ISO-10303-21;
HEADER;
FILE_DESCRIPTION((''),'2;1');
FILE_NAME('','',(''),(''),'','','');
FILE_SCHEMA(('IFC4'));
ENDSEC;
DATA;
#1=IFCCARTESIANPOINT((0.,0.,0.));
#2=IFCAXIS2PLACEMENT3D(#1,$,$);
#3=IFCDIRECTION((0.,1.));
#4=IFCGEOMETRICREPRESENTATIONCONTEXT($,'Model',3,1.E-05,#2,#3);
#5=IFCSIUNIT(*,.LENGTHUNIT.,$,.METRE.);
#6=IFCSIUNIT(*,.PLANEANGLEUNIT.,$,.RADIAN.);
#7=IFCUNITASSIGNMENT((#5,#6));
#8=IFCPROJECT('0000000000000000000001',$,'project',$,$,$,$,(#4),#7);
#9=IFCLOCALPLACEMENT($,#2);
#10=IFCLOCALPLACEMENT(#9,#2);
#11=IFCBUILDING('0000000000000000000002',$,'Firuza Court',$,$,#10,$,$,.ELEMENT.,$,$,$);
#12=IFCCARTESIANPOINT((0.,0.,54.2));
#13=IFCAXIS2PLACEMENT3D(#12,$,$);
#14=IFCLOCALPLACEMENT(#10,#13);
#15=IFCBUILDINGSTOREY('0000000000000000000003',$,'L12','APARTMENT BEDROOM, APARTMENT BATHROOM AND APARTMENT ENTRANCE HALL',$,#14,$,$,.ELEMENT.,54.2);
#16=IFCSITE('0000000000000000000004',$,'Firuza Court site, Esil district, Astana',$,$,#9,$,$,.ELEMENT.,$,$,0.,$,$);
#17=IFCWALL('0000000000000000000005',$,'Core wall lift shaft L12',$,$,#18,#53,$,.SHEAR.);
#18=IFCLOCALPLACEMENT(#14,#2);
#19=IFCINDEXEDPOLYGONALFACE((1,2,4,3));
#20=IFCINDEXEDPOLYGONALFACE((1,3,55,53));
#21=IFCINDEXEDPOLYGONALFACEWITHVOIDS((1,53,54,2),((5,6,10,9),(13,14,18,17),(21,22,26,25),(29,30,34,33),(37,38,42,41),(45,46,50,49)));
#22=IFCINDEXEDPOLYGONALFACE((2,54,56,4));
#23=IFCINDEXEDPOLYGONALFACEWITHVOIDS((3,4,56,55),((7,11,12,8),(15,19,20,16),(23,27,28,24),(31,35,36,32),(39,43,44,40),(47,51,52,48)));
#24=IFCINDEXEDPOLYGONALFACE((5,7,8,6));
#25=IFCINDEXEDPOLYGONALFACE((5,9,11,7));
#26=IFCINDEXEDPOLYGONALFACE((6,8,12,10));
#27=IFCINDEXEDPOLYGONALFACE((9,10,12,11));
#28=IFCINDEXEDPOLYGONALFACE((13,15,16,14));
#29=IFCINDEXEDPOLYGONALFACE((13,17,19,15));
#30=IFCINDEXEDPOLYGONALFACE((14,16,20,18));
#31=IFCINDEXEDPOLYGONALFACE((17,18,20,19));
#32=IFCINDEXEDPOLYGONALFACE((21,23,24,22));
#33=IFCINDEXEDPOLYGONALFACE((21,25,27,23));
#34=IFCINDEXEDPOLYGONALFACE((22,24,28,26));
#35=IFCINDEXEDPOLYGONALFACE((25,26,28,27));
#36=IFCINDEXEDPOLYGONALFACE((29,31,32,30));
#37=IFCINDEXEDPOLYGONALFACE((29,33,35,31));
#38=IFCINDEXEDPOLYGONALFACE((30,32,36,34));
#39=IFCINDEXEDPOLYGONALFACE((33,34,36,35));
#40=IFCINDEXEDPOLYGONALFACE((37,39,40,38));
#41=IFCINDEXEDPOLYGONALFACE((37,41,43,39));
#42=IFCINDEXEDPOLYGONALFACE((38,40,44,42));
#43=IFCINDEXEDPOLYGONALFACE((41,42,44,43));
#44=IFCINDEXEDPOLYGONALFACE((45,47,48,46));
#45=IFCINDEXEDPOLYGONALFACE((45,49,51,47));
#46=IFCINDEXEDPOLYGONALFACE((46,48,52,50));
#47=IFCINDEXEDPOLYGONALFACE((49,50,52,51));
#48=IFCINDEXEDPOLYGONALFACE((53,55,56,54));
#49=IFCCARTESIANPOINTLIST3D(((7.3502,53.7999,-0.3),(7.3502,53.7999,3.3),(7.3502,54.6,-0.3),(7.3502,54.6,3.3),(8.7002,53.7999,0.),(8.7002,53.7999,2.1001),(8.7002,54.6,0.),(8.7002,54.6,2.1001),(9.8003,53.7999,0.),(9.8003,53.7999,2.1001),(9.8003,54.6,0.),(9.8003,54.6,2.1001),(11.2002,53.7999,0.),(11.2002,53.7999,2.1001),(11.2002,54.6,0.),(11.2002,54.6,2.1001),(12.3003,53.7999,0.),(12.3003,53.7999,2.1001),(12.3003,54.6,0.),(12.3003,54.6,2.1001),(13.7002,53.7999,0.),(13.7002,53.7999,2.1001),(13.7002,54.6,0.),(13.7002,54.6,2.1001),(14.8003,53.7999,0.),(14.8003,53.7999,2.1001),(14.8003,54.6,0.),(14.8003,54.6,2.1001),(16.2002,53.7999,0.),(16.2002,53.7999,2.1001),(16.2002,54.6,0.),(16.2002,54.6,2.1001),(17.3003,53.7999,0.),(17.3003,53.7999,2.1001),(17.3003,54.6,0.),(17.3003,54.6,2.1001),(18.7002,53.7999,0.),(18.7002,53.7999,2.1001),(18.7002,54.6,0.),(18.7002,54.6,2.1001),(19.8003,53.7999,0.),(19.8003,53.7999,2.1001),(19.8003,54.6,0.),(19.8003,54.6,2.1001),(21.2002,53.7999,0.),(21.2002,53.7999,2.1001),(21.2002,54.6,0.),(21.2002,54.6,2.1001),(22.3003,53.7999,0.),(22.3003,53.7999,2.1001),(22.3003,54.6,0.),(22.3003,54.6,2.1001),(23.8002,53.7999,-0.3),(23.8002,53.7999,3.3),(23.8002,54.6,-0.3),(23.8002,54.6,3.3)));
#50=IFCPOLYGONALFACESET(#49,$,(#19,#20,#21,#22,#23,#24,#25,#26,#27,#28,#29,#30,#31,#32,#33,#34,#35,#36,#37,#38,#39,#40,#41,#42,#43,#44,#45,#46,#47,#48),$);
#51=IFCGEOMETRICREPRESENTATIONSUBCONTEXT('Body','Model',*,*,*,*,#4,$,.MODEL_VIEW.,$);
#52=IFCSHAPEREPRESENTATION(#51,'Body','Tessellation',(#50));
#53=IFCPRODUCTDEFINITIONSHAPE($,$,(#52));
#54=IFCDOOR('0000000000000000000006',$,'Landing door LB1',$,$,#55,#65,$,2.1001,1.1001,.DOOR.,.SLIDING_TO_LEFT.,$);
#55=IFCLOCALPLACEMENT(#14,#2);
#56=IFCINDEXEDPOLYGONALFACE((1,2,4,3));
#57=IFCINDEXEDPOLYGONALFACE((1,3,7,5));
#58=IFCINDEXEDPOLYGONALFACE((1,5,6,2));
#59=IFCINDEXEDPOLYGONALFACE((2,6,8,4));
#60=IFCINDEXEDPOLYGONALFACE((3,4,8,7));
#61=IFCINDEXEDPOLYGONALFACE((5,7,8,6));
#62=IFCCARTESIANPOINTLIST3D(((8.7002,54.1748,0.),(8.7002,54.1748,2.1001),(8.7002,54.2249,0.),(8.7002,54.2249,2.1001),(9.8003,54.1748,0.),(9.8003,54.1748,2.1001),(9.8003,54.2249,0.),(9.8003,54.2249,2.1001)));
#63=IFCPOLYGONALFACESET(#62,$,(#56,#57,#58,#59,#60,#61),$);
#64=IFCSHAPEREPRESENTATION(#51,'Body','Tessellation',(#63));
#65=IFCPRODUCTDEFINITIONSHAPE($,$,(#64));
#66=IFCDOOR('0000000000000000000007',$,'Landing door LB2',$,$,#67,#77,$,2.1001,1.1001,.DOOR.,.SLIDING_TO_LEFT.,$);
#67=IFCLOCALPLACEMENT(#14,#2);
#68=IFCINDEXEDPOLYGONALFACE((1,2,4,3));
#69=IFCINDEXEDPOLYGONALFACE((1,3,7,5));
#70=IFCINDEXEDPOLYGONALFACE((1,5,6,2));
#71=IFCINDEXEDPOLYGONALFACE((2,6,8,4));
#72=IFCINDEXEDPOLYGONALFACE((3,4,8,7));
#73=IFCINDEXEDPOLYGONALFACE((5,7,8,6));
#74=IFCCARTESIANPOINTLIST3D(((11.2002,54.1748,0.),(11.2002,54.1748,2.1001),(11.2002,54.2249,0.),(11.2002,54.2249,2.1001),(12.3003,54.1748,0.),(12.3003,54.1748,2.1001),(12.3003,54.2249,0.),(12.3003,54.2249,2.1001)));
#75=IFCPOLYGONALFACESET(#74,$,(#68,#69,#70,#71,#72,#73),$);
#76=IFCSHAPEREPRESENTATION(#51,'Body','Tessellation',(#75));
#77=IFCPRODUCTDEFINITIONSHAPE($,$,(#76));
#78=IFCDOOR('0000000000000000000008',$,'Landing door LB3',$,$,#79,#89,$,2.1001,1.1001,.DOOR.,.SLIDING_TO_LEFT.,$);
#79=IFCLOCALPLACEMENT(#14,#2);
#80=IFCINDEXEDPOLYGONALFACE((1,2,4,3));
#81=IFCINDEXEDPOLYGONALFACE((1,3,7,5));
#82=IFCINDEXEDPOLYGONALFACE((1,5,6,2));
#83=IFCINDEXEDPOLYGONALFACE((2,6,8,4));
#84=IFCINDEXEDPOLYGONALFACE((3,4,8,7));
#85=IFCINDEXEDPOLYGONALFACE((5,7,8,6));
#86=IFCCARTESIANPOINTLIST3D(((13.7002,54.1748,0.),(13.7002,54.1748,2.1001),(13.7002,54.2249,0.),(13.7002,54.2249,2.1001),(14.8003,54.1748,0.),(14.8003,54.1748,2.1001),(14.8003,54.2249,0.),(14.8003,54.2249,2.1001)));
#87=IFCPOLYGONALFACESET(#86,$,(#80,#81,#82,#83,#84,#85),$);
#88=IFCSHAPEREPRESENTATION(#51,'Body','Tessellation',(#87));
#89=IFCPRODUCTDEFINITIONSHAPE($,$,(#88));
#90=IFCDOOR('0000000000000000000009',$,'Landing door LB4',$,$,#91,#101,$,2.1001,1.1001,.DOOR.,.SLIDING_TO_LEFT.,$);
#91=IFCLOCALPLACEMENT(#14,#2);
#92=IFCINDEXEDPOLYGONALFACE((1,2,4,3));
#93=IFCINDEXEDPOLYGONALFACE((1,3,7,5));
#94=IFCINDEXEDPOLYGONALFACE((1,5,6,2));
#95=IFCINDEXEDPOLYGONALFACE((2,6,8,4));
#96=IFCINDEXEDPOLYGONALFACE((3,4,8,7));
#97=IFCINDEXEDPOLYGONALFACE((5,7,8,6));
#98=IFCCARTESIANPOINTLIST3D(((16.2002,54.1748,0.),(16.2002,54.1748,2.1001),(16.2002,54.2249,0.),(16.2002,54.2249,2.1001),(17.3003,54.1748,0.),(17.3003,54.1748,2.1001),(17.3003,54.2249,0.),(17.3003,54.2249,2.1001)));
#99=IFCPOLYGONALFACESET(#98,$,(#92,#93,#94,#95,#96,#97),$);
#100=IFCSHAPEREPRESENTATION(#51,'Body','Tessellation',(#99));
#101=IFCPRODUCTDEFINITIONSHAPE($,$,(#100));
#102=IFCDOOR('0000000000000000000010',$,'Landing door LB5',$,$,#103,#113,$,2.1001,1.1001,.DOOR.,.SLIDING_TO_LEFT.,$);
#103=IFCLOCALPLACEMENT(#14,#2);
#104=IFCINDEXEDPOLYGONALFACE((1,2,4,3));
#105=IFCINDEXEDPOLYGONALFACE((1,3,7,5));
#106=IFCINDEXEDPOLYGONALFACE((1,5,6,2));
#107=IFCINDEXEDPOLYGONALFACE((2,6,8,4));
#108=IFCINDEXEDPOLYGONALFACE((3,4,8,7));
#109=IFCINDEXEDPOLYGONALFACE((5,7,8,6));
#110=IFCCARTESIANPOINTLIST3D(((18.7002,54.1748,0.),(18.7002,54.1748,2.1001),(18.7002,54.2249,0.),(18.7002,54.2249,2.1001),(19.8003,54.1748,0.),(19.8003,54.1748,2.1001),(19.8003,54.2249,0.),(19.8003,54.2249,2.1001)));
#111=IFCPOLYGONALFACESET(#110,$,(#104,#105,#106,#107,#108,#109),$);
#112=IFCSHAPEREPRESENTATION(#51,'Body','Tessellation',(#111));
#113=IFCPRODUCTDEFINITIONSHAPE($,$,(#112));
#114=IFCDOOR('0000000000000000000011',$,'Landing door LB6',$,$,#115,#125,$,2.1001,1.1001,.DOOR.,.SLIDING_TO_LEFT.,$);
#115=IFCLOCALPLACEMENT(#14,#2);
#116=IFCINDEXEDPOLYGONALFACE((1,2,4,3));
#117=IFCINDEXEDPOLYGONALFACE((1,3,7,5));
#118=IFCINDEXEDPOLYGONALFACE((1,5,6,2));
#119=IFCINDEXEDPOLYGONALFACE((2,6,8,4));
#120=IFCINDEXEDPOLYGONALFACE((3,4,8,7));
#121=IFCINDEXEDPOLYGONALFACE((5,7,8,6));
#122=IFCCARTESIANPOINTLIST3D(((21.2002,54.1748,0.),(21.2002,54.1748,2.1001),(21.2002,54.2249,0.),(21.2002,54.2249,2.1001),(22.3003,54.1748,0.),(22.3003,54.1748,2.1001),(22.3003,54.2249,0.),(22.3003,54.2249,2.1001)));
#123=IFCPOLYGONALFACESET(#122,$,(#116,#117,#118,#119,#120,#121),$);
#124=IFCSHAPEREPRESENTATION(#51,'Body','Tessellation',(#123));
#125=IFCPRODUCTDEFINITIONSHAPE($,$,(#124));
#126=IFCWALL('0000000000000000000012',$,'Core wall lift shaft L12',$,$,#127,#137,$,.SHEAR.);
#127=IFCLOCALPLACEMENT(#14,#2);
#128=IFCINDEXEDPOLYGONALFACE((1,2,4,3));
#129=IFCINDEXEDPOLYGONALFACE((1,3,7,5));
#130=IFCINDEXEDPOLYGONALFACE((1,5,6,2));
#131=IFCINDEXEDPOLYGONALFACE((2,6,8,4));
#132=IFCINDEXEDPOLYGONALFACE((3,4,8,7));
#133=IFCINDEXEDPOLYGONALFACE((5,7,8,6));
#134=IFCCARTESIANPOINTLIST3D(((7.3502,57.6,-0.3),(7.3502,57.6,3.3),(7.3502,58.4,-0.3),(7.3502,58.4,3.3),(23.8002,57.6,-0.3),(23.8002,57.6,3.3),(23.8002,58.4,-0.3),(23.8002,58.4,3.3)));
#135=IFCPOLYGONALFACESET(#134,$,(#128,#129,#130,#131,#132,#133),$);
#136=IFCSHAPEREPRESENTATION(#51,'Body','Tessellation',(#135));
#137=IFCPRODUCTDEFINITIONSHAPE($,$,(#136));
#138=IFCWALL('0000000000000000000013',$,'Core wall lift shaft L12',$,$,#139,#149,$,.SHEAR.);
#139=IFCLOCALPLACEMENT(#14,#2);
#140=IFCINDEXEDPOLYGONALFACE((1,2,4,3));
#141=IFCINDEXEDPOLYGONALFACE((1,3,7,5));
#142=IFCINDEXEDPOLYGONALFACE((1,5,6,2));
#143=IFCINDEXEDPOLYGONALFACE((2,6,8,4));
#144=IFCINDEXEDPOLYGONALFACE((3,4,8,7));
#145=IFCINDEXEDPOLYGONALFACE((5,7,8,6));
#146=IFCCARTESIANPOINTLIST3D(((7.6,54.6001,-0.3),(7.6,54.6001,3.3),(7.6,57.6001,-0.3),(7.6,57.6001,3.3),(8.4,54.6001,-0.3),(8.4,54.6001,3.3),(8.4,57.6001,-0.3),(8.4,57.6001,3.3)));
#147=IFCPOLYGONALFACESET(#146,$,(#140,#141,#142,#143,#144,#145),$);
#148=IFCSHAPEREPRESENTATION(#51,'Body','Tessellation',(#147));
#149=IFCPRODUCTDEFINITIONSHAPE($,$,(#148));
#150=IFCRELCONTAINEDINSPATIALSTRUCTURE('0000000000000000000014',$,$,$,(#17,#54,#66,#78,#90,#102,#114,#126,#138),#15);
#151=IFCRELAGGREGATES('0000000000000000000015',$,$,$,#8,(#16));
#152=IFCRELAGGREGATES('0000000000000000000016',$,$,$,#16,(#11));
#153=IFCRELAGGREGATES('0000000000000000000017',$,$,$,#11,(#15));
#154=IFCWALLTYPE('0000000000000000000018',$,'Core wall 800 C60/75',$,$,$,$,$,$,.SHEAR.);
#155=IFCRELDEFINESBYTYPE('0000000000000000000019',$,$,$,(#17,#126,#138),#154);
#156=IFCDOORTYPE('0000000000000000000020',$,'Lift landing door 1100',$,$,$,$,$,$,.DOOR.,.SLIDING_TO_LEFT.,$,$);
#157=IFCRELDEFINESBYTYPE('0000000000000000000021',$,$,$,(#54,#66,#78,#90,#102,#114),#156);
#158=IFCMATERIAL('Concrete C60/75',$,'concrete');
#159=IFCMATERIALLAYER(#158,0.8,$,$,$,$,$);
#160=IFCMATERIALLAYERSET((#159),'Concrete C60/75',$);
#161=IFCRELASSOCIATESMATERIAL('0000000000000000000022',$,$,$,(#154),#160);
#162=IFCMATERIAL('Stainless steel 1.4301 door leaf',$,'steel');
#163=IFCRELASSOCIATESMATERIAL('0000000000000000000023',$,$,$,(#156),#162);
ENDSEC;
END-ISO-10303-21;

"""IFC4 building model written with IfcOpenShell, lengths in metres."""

from ifc_helpers import new_model, si_unit, direction, frame, frame_2d, origin, place, context, subcontext, project, spatial, rectangle, extrude, material, layer, layer_set, type_object, element, fill, save


model = new_model("IFC4")

# Units and contexts
model_context = context("Model", 3, precision=1e-05, world=origin(), true_north=direction((0.0, 1.0)))
body_context = subcontext(model_context, "Body", "Model", "MODEL_VIEW")
ifc_project = project(units=[si_unit("LENGTHUNIT", "METRE"), si_unit("PLANEANGLEUNIT", "RADIAN")], contexts=[model_context])

# Site, building, storey
site_placement = place(None, origin())
site = spatial("IfcSite", under=ifc_project, at=site_placement, Name="Firuza Court site, Esil district, Astana", CompositionType="ELEMENT", RefElevation=0.0)
building_placement = place(site_placement, origin())
building = spatial("IfcBuilding", under=site, at=building_placement, Name="Firuza Court", CompositionType="ELEMENT")
storey_placement = place(building_placement, frame((0.0, 0.0, 54.2)))
storey = spatial("IfcBuildingStorey", under=building, at=storey_placement, Name="L12", Description="APARTMENT BEDROOM, APARTMENT BATHROOM AND APARTMENT ENTRANCE HALL", CompositionType="ELEMENT", Elevation=54.2)

# Shared definitions
ifc_material_1 = material(Name="Concrete C60/75", Category="concrete")

# Wall, openings, doors
ifc_layer_1 = layer(ifc_material_1, 0.8)
ifc_layer_set_1 = layer_set([ifc_layer_1], Name="Concrete C60/75")
wall_type_1 = type_object("IfcWallType", Name="Core wall 800 C60/75", PredefinedType="SHEAR", material=ifc_layer_set_1)
wall_1_placement = place(storey_placement, frame((7.3501, 54.2, -0.3), z_axis=(0.0, 0.0, 1.0), x_axis=(1.0, 0.0, 0.0)))
wall_1 = element("IfcWall", 1, at=wall_1_placement, inside=storey, type_object=wall_type_1, Name="Core wall lift shaft L12", PredefinedType="SHEAR", context=body_context, shape_type="SweptSolid", body=[
    extrude(rectangle(XDim=16.45, YDim=0.8, at=frame_2d((8.2251, 0.0))), origin(), (0.0, 0.0, 1.0), 3.6001),
])
opening_1_placement = place(wall_1_placement, frame((1.3501, 0.0, 0.3)))
opening_1 = element("IfcOpeningElement", 2, at=opening_1_placement, cuts=wall_1, PredefinedType="OPENING", context=body_context, shape_type="SweptSolid", body=[
    extrude(rectangle(XDim=1.1001, YDim=2.1001, at=frame_2d((0.55, 1.05))), frame((0.0, 0.4121, 0.0), z_axis=(0.0, -1.0, 0.0), x_axis=(1.0, 0.0, 0.0)), (0.0, 0.0, 1.0), 0.824),
])
opening_2_placement = place(wall_1_placement, frame((3.8501, 0.0, 0.3)))
opening_2 = element("IfcOpeningElement", 3, at=opening_2_placement, cuts=wall_1, PredefinedType="OPENING", context=body_context, shape_type="SweptSolid", body=[
    extrude(rectangle(XDim=1.1001, YDim=2.1001, at=frame_2d((0.55, 1.05))), frame((0.0, 0.4121, 0.0), z_axis=(0.0, -1.0, 0.0), x_axis=(1.0, 0.0, 0.0)), (0.0, 0.0, 1.0), 0.824),
])
opening_3_placement = place(wall_1_placement, frame((6.3501, 0.0, 0.3)))
opening_3 = element("IfcOpeningElement", 4, at=opening_3_placement, cuts=wall_1, PredefinedType="OPENING", context=body_context, shape_type="SweptSolid", body=[
    extrude(rectangle(XDim=1.1001, YDim=2.1001, at=frame_2d((0.55, 1.05))), frame((0.0, 0.4121, 0.0), z_axis=(0.0, -1.0, 0.0), x_axis=(1.0, 0.0, 0.0)), (0.0, 0.0, 1.0), 0.824),
])
opening_4_placement = place(wall_1_placement, frame((8.8501, 0.0, 0.3)))
opening_4 = element("IfcOpeningElement", 5, at=opening_4_placement, cuts=wall_1, PredefinedType="OPENING", context=body_context, shape_type="SweptSolid", body=[
    extrude(rectangle(XDim=1.1001, YDim=2.1001, at=frame_2d((0.55, 1.05))), frame((0.0, 0.4121, 0.0), z_axis=(0.0, -1.0, 0.0), x_axis=(1.0, 0.0, 0.0)), (0.0, 0.0, 1.0), 0.824),
])
opening_5_placement = place(wall_1_placement, frame((11.3501, 0.0, 0.3)))
opening_5 = element("IfcOpeningElement", 6, at=opening_5_placement, cuts=wall_1, PredefinedType="OPENING", context=body_context, shape_type="SweptSolid", body=[
    extrude(rectangle(XDim=1.1001, YDim=2.1001, at=frame_2d((0.55, 1.05))), frame((0.0, 0.4121, 0.0), z_axis=(0.0, -1.0, 0.0), x_axis=(1.0, 0.0, 0.0)), (0.0, 0.0, 1.0), 0.824),
])
opening_6_placement = place(wall_1_placement, frame((13.8501, 0.0, 0.3)))
opening_6 = element("IfcOpeningElement", 7, at=opening_6_placement, cuts=wall_1, PredefinedType="OPENING", context=body_context, shape_type="SweptSolid", body=[
    extrude(rectangle(XDim=1.1001, YDim=2.1001, at=frame_2d((0.55, 1.05))), frame((0.0, 0.4121, 0.0), z_axis=(0.0, -1.0, 0.0), x_axis=(1.0, 0.0, 0.0)), (0.0, 0.0, 1.0), 0.824),
])
ifc_material_2 = material(Name="Stainless steel 1.4301 door leaf", Category="steel")
door_type = type_object("IfcDoorType", Name="Lift landing door 1100", OperationType="SLIDING_TO_LEFT", PredefinedType="DOOR", material=ifc_material_2)
door_1_placement = place(opening_1_placement, origin())
door_1 = element("IfcDoor", 8, at=door_1_placement, inside=storey, type_object=door_type, Name="Landing door LB1", OperationType="SLIDING_TO_LEFT", OverallHeight=2.1001, OverallWidth=1.1001, PredefinedType="DOOR", context=body_context, shape_type="SweptSolid", body=[
    extrude(rectangle(XDim=1.1001, YDim=2.1001, at=frame_2d((0.55, 1.05))), frame((0.0, 0.0249, 0.0), z_axis=(0.0, -1.0, 0.0), x_axis=(1.0, 0.0, 0.0)), (0.0, 0.0, 1.0), 0.05),
])
fill(opening_1, door_1)
door_2_placement = place(opening_2_placement, origin())
door_2 = element("IfcDoor", 9, at=door_2_placement, inside=storey, type_object=door_type, Name="Landing door LB2", OperationType="SLIDING_TO_LEFT", OverallHeight=2.1001, OverallWidth=1.1001, PredefinedType="DOOR", context=body_context, shape_type="SweptSolid", body=[
    extrude(rectangle(XDim=1.1001, YDim=2.1001, at=frame_2d((0.55, 1.05))), frame((0.0, 0.0249, 0.0), z_axis=(0.0, -1.0, 0.0), x_axis=(1.0, 0.0, 0.0)), (0.0, 0.0, 1.0), 0.05),
])
fill(opening_2, door_2)
door_3_placement = place(opening_3_placement, origin())
door_3 = element("IfcDoor", 10, at=door_3_placement, inside=storey, type_object=door_type, Name="Landing door LB3", OperationType="SLIDING_TO_LEFT", OverallHeight=2.1001, OverallWidth=1.1001, PredefinedType="DOOR", context=body_context, shape_type="SweptSolid", body=[
    extrude(rectangle(XDim=1.1001, YDim=2.1001, at=frame_2d((0.55, 1.05))), frame((0.0, 0.0249, 0.0), z_axis=(0.0, -1.0, 0.0), x_axis=(1.0, 0.0, 0.0)), (0.0, 0.0, 1.0), 0.05),
])
fill(opening_3, door_3)
door_4_placement = place(opening_4_placement, origin())
door_4 = element("IfcDoor", 11, at=door_4_placement, inside=storey, type_object=door_type, Name="Landing door LB4", OperationType="SLIDING_TO_LEFT", OverallHeight=2.1001, OverallWidth=1.1001, PredefinedType="DOOR", context=body_context, shape_type="SweptSolid", body=[
    extrude(rectangle(XDim=1.1001, YDim=2.1001, at=frame_2d((0.55, 1.05))), frame((0.0, 0.0249, 0.0), z_axis=(0.0, -1.0, 0.0), x_axis=(1.0, 0.0, 0.0)), (0.0, 0.0, 1.0), 0.05),
])
fill(opening_4, door_4)
door_5_placement = place(opening_5_placement, origin())
door_5 = element("IfcDoor", 12, at=door_5_placement, inside=storey, type_object=door_type, Name="Landing door LB5", OperationType="SLIDING_TO_LEFT", OverallHeight=2.1001, OverallWidth=1.1001, PredefinedType="DOOR", context=body_context, shape_type="SweptSolid", body=[
    extrude(rectangle(XDim=1.1001, YDim=2.1001, at=frame_2d((0.55, 1.05))), frame((0.0, 0.0249, 0.0), z_axis=(0.0, -1.0, 0.0), x_axis=(1.0, 0.0, 0.0)), (0.0, 0.0, 1.0), 0.05),
])
fill(opening_5, door_5)
door_6_placement = place(opening_6_placement, origin())
door_6 = element("IfcDoor", 13, at=door_6_placement, inside=storey, type_object=door_type, Name="Landing door LB6", OperationType="SLIDING_TO_LEFT", OverallHeight=2.1001, OverallWidth=1.1001, PredefinedType="DOOR", context=body_context, shape_type="SweptSolid", body=[
    extrude(rectangle(XDim=1.1001, YDim=2.1001, at=frame_2d((0.55, 1.05))), frame((0.0, 0.0249, 0.0), z_axis=(0.0, -1.0, 0.0), x_axis=(1.0, 0.0, 0.0)), (0.0, 0.0, 1.0), 0.05),
])
fill(opening_6, door_6)

# Walls
wall_2_placement = place(storey_placement, frame((7.3501, 58.0, -0.3), z_axis=(0.0, 0.0, 1.0), x_axis=(1.0, 0.0, 0.0)))
element("IfcWall", 14, at=wall_2_placement, inside=storey, type_object=wall_type_1, Name="Core wall lift shaft L12", PredefinedType="SHEAR", context=body_context, shape_type="SweptSolid", body=[
    extrude(rectangle(XDim=16.45, YDim=0.8, at=frame_2d((8.2251, 0.0))), origin(), (0.0, 0.0, 1.0), 3.6001),
])
wall_3_placement = place(storey_placement, frame((8.0, 54.6001, -0.3), z_axis=(0.0, 0.0, 1.0), x_axis=(0.0, 1.0, 0.0)))
element("IfcWall", 15, at=wall_3_placement, inside=storey, type_object=wall_type_1, Name="Core wall lift shaft L12", PredefinedType="SHEAR", context=body_context, shape_type="SweptSolid", body=[
    extrude(rectangle(XDim=3.0, YDim=0.8, at=frame_2d((1.5, 0.0))), origin(), (0.0, 0.0, 1.0), 3.6001),
])

save(model, "model.ifc")
